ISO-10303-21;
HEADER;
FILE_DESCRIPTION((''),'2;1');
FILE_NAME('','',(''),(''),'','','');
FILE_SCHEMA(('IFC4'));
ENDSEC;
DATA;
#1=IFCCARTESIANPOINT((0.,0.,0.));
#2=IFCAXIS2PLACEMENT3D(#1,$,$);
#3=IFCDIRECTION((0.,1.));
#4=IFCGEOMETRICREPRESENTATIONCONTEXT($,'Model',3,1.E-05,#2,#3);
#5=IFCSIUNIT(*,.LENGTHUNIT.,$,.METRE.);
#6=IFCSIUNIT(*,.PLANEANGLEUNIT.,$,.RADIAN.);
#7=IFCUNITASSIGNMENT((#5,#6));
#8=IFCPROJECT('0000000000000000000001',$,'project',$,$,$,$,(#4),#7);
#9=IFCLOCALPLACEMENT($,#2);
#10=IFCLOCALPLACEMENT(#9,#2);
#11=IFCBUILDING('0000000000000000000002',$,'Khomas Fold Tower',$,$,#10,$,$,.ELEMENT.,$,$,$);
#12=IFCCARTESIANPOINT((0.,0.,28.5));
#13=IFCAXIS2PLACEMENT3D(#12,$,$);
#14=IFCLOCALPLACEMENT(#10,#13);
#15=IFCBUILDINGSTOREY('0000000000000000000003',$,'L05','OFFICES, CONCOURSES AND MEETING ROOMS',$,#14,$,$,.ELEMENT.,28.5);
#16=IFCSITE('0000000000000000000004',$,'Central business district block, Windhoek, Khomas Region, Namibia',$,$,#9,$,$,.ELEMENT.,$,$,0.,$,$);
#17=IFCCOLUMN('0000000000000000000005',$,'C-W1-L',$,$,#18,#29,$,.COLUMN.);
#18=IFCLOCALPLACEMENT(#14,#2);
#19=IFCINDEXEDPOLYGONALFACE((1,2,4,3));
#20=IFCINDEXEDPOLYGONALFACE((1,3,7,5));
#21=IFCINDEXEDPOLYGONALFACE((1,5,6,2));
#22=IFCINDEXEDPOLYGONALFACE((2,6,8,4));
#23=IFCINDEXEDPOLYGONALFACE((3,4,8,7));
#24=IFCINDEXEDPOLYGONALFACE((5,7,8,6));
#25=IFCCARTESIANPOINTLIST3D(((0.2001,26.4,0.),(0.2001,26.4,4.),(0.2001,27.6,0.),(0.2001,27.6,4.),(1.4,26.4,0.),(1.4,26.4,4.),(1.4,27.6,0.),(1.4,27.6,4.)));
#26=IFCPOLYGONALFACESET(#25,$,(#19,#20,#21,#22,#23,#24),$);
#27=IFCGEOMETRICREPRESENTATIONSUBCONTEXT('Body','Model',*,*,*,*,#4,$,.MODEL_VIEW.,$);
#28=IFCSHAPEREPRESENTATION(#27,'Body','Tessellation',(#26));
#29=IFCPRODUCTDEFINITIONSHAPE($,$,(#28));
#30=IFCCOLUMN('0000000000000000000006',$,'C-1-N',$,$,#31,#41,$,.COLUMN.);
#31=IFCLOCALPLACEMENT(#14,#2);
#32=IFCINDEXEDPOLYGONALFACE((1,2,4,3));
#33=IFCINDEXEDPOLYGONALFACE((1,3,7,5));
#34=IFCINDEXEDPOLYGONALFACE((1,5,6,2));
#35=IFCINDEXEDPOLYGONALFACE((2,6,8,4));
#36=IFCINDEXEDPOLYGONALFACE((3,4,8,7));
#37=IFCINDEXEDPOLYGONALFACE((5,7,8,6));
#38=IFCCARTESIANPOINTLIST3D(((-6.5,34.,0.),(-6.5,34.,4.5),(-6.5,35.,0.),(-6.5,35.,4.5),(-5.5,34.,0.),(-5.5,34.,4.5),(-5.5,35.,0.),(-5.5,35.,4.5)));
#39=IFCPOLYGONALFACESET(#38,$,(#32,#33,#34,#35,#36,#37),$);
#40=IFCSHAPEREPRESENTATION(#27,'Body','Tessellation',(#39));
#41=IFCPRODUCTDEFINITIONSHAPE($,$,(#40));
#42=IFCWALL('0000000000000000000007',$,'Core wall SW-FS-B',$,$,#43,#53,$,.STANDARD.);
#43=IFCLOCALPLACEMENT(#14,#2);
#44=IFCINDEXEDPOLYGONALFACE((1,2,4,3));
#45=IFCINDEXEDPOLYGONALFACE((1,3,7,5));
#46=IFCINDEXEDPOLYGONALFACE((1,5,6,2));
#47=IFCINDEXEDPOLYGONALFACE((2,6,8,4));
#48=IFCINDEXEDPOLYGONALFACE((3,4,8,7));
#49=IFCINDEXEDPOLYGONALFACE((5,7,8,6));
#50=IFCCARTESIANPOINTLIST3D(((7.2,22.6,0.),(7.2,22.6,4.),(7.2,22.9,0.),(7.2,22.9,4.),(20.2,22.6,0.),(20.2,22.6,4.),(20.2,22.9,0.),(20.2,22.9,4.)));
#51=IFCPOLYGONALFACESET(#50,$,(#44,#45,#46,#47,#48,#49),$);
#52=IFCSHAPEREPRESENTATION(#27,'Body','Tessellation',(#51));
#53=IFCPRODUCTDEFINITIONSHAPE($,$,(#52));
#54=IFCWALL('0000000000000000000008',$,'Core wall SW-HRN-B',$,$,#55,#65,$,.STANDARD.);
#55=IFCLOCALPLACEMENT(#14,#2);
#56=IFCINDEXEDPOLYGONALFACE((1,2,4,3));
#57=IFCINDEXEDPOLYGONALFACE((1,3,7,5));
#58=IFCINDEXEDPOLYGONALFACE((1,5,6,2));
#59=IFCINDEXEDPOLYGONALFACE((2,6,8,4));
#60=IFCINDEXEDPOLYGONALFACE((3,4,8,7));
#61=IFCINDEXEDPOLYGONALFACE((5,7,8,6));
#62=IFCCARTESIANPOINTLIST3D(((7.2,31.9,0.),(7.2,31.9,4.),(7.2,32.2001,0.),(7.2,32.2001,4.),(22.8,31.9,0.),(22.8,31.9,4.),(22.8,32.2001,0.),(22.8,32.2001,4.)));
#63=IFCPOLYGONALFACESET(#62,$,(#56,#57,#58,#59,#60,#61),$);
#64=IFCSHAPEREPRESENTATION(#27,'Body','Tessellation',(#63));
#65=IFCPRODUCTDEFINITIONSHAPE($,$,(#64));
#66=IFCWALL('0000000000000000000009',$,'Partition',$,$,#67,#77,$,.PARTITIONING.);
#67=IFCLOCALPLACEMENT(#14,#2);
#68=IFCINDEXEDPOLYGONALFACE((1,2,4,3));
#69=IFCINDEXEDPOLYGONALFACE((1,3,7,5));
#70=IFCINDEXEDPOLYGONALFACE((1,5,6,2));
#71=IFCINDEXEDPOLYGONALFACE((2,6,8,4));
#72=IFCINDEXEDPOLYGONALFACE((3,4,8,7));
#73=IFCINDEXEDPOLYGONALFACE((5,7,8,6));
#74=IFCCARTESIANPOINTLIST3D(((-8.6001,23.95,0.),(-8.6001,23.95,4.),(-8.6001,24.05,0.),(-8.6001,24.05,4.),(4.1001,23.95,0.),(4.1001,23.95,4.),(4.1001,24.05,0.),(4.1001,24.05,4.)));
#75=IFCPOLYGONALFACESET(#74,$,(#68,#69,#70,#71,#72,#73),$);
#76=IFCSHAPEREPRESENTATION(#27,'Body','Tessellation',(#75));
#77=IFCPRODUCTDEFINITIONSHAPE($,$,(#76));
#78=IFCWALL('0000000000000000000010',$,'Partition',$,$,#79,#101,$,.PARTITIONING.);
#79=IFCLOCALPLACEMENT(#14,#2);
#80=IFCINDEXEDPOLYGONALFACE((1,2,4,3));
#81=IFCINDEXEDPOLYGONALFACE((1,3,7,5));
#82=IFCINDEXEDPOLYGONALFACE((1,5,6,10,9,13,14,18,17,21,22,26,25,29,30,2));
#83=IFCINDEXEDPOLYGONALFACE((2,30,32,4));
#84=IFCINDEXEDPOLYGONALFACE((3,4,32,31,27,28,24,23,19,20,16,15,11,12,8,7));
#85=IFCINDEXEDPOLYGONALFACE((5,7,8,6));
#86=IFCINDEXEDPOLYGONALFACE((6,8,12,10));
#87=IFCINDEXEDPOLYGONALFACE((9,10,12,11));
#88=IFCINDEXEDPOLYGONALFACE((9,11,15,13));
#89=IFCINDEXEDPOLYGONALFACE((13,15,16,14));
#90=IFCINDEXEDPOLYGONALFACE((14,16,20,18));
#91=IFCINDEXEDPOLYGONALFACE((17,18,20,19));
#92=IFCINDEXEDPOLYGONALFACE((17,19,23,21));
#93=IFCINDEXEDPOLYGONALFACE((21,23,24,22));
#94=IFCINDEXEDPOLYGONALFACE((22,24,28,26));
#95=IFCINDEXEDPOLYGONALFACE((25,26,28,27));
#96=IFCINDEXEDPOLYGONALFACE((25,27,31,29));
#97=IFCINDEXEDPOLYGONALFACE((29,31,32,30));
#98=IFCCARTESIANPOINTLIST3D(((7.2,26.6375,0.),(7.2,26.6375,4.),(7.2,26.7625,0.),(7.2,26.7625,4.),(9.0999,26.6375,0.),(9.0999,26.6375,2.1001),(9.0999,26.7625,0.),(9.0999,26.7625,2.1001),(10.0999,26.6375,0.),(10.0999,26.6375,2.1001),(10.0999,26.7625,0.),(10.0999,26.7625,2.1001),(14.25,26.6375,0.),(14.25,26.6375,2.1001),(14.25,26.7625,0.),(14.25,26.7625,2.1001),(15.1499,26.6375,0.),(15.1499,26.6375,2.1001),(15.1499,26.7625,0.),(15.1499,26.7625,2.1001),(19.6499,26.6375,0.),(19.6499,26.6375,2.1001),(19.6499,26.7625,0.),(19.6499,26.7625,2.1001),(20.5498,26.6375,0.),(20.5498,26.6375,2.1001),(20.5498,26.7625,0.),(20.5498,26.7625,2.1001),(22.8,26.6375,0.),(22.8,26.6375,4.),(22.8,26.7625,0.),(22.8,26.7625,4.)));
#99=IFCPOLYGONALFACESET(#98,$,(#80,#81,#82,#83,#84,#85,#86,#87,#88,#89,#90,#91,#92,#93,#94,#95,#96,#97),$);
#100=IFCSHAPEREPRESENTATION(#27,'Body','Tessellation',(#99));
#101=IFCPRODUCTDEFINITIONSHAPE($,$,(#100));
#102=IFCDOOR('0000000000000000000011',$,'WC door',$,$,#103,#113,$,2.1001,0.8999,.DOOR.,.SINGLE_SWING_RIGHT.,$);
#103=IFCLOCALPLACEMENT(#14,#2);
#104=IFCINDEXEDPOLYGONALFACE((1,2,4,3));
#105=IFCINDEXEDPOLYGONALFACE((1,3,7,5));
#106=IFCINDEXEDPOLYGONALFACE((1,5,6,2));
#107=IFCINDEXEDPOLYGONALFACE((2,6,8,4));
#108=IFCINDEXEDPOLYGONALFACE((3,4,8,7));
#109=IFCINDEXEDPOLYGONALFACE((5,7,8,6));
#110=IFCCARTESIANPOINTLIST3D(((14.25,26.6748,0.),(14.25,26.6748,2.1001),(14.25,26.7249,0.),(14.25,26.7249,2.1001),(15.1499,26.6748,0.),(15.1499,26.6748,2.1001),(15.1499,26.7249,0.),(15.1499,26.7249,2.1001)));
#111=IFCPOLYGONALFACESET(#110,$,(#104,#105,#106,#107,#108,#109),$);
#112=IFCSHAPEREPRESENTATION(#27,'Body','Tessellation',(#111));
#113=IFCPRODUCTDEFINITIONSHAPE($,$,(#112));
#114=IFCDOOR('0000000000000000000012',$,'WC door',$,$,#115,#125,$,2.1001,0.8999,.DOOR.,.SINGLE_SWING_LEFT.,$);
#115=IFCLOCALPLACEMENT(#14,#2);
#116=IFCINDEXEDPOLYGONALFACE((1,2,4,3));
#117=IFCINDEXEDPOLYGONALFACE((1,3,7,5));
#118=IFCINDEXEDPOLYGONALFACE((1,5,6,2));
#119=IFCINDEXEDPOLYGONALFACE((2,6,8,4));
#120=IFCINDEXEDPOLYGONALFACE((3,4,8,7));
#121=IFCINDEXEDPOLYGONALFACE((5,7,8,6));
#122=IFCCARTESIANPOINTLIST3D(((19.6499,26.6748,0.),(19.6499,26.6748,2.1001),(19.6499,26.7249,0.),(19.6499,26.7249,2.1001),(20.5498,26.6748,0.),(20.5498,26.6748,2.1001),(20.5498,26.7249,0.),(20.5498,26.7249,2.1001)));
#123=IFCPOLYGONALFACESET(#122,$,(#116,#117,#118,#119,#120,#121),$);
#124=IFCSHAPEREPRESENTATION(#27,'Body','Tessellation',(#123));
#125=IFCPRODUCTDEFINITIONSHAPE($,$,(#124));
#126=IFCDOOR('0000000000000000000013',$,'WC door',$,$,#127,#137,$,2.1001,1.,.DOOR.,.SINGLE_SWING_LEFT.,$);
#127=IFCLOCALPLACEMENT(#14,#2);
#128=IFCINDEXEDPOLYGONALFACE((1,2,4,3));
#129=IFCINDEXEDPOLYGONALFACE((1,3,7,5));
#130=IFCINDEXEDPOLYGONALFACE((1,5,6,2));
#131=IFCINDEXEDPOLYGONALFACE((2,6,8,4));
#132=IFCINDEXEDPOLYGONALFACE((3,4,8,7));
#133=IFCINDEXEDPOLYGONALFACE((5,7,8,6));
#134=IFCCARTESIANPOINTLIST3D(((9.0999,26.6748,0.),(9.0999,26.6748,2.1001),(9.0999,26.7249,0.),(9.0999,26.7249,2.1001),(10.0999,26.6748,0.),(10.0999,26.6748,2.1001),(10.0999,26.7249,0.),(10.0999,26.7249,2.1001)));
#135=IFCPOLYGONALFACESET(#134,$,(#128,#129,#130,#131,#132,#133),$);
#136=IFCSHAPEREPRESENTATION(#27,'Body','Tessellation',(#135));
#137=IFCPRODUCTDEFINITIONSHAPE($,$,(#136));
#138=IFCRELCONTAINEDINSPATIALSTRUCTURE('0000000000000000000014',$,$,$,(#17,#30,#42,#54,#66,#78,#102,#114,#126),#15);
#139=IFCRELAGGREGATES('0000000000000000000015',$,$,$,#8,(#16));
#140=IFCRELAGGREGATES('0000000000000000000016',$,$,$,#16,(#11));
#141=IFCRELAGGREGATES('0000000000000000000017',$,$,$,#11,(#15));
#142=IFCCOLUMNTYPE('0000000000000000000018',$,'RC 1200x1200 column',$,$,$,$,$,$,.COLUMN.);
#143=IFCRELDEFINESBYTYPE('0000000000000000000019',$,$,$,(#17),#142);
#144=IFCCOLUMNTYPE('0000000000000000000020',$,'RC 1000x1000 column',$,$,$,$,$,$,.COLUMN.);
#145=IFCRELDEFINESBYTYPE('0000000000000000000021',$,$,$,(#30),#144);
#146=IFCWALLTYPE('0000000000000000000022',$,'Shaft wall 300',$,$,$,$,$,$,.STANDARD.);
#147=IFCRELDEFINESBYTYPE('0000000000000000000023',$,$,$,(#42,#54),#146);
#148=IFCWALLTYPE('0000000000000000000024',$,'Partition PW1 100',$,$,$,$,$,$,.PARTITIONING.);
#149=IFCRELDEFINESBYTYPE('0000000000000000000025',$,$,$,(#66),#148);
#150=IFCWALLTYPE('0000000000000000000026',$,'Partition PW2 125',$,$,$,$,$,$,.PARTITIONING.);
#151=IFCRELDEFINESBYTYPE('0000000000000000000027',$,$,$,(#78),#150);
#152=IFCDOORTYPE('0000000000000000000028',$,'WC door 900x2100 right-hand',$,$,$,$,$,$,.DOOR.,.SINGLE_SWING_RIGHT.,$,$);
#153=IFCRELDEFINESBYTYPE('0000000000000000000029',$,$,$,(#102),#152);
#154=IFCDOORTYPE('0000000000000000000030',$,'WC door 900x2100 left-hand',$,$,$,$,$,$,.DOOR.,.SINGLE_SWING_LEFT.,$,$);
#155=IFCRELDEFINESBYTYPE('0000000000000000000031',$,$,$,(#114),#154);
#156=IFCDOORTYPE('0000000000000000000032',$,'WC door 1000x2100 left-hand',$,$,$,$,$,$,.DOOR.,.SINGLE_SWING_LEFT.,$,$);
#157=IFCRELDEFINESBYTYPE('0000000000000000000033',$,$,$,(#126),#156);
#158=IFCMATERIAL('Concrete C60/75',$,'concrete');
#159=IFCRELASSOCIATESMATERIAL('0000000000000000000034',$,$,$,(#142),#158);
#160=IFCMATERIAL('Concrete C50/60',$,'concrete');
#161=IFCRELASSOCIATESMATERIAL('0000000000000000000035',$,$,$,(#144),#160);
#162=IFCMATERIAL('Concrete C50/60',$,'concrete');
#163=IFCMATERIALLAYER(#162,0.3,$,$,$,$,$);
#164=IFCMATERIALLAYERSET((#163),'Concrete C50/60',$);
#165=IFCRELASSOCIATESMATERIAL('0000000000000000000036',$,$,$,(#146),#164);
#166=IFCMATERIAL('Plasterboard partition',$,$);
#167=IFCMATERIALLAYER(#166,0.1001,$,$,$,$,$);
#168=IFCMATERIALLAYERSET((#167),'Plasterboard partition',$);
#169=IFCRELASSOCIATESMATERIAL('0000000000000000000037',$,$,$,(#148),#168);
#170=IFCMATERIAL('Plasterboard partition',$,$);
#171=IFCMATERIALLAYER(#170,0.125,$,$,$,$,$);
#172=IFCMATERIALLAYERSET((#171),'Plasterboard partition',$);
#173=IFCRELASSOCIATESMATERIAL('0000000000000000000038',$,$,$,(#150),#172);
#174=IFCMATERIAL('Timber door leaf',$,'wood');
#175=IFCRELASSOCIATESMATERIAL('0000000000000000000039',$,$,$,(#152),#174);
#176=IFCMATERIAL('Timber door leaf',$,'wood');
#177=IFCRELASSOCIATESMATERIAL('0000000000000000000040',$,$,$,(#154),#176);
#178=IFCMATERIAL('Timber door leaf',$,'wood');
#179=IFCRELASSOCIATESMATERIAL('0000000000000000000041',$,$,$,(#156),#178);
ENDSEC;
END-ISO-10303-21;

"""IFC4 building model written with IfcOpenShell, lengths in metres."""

from ifc_helpers import new_model, si_unit, direction, frame, frame_2d, origin, origin_2d, place, context, subcontext, project, spatial, rectangle, extrude, source, transform, mapped, material, layer, layer_set, material_profile, profile_set, type_object, element, fill, save


model = new_model("IFC4")

# Units and contexts
model_context = context("Model", 3, precision=1e-05, world=origin(), true_north=direction((0.0, 1.0)))
body_context = subcontext(model_context, "Body", "Model", "MODEL_VIEW")
ifc_project = project(units=[si_unit("LENGTHUNIT", "METRE"), si_unit("PLANEANGLEUNIT", "RADIAN")], contexts=[model_context])

# Site, building, storey
site_placement = place(None, origin())
site = spatial("IfcSite", under=ifc_project, at=site_placement, Name="Central business district block, Windhoek, Khomas Region, Namibia", CompositionType="ELEMENT", RefElevation=0.0)
building_placement = place(site_placement, origin())
building = spatial("IfcBuilding", under=site, at=building_placement, Name="Khomas Fold Tower", CompositionType="ELEMENT")
storey_placement = place(building_placement, frame((0.0, 0.0, 28.5)))
storey = spatial("IfcBuildingStorey", under=building, at=storey_placement, Name="L05", Description="OFFICES, CONCOURSES AND MEETING ROOMS", CompositionType="ELEMENT", Elevation=28.5)

# Columns
ifc_material_1 = material(Name="Concrete C60/75", Category="concrete")
ifc_material_profile_1 = material_profile(ifc_material_1, rectangle(XDim=1.2, YDim=1.2, at=origin_2d()), Name="RC 1200x1200")
ifc_profile_set_1 = profile_set([ifc_material_profile_1], Name="Concrete C60/75")
column_type_1 = type_object("IfcColumnType", Name="RC 1200x1200 column", PredefinedType="COLUMN", material=ifc_profile_set_1)
shared_shape_1 = source(origin(), body_context, "Body", "SweptSolid", [
    extrude(rectangle(XDim=1.2, YDim=1.2, at=origin_2d()), origin(), (0.0, 0.0, 1.0), 4.0),
])
column_1_placement = place(storey_placement, frame((0.8, 27.0, 0.0), z_axis=(0.0, 0.0, 1.0), x_axis=(1.0, 0.0, 0.0)))
element("IfcColumn", 1, at=column_1_placement, inside=storey, type_object=column_type_1, Name="C-W1-L", PredefinedType="COLUMN", context=body_context, shape_type="MappedRepresentation", body=[
    mapped(shared_shape_1, transform((0.0, 0.0, 0.0))),
])
ifc_material_2 = material(Name="Concrete C50/60", Category="concrete")
ifc_material_profile_2 = material_profile(ifc_material_2, rectangle(XDim=1.0, YDim=1.0, at=origin_2d()), Name="RC 1000x1000")
ifc_profile_set_2 = profile_set([ifc_material_profile_2], Name="Concrete C50/60")
column_type_2 = type_object("IfcColumnType", Name="RC 1000x1000 column", PredefinedType="COLUMN", material=ifc_profile_set_2)
shared_shape_2 = source(origin(), body_context, "Body", "SweptSolid", [
    extrude(rectangle(XDim=1.0, YDim=1.0, at=origin_2d()), origin(), (0.0, 0.0, 1.0), 4.5),
])
column_2_placement = place(storey_placement, frame((-6.0, 34.5, 0.0), z_axis=(0.0, 0.0, 1.0), x_axis=(1.0, 0.0, 0.0)))
element("IfcColumn", 2, at=column_2_placement, inside=storey, type_object=column_type_2, Name="C-1-N", PredefinedType="COLUMN", context=body_context, shape_type="MappedRepresentation", body=[
    mapped(shared_shape_2, transform((0.0, 0.0, 0.0))),
])

# Walls
ifc_material_3 = material(Name="Concrete C50/60", Category="concrete")
ifc_layer_1 = layer(ifc_material_3, 0.3)
ifc_layer_set_1 = layer_set([ifc_layer_1], Name="Concrete C50/60")
wall_type_1 = type_object("IfcWallType", Name="Shaft wall 300", PredefinedType="STANDARD", material=ifc_layer_set_1)
shared_shape_3 = source(origin(), body_context, "Body", "SweptSolid", [
    extrude(rectangle(XDim=13.0, YDim=0.3, at=frame_2d((6.5, 0.0))), origin(), (0.0, 0.0, 1.0), 4.0),
])
wall_1_placement = place(storey_placement, frame((7.2, 22.75, 0.0), z_axis=(0.0, 0.0, 1.0), x_axis=(1.0, 0.0, 0.0)))
element("IfcWall", 3, at=wall_1_placement, inside=storey, type_object=wall_type_1, Name="Core wall SW-FS-B", PredefinedType="STANDARD", context=body_context, shape_type="MappedRepresentation", body=[
    mapped(shared_shape_3, transform((0.0, 0.0, 0.0))),
])
shared_shape_4 = source(origin(), body_context, "Body", "SweptSolid", [
    extrude(rectangle(XDim=15.6001, YDim=0.3, at=frame_2d((7.8, 0.0))), origin(), (0.0, 0.0, 1.0), 4.0),
])
wall_2_placement = place(storey_placement, frame((7.2, 32.05, 0.0), z_axis=(0.0, 0.0, 1.0), x_axis=(1.0, 0.0, 0.0)))
element("IfcWall", 4, at=wall_2_placement, inside=storey, type_object=wall_type_1, Name="Core wall SW-HRN-B", PredefinedType="STANDARD", context=body_context, shape_type="MappedRepresentation", body=[
    mapped(shared_shape_4, transform((0.0, 0.0, 0.0))),
])
ifc_material_4 = material(Name="Plasterboard partition")
ifc_layer_2 = layer(ifc_material_4, 0.1001)
ifc_layer_set_2 = layer_set([ifc_layer_2], Name="Plasterboard partition")
wall_type_2 = type_object("IfcWallType", Name="Partition PW1 100", PredefinedType="PARTITIONING", material=ifc_layer_set_2)
shared_shape_5 = source(origin(), body_context, "Body", "SweptSolid", [
    extrude(rectangle(XDim=12.7002, YDim=0.1001, at=frame_2d((6.3501, 0.0))), origin(), (0.0, 0.0, 1.0), 4.0),
])
wall_3_placement = place(storey_placement, frame((-8.6001, 24.0, 0.0), z_axis=(0.0, 0.0, 1.0), x_axis=(1.0, 0.0, 0.0)))
element("IfcWall", 5, at=wall_3_placement, inside=storey, type_object=wall_type_2, Name="Partition", PredefinedType="PARTITIONING", context=body_context, shape_type="MappedRepresentation", body=[
    mapped(shared_shape_5, transform((0.0, 0.0, 0.0))),
])

# Wall, openings, doors
ifc_material_5 = material(Name="Plasterboard partition")
ifc_layer_3 = layer(ifc_material_5, 0.125)
ifc_layer_set_3 = layer_set([ifc_layer_3], Name="Plasterboard partition")
wall_type_3 = type_object("IfcWallType", Name="Partition PW2 125", PredefinedType="PARTITIONING", material=ifc_layer_set_3)
shared_shape_6 = source(origin(), body_context, "Body", "SweptSolid", [
    extrude(rectangle(XDim=15.6001, YDim=0.125, at=frame_2d((7.8, 0.0))), origin(), (0.0, 0.0, 1.0), 4.0),
])
wall_4_placement = place(storey_placement, frame((7.2, 26.7, 0.0), z_axis=(0.0, 0.0, 1.0), x_axis=(1.0, 0.0, 0.0)))
wall_4 = element("IfcWall", 6, at=wall_4_placement, inside=storey, type_object=wall_type_3, Name="Partition", PredefinedType="PARTITIONING", context=body_context, shape_type="MappedRepresentation", body=[
    mapped(shared_shape_6, transform((0.0, 0.0, 0.0))),
])
shared_shape_7 = source(origin(), body_context, "Body", "SweptSolid", [
    extrude(rectangle(XDim=1.0, YDim=2.1001, at=frame_2d((0.5, 1.05))), frame((0.0, 0.0725, 0.0), z_axis=(0.0, -1.0, 0.0), x_axis=(1.0, 0.0, 0.0)), (0.0, 0.0, 1.0), 0.145),
])
opening_1_placement = place(wall_4_placement, frame((1.8999, 0.0, 0.0)))
opening_1 = element("IfcOpeningElement", 7, at=opening_1_placement, cuts=wall_4, PredefinedType="OPENING", context=body_context, shape_type="MappedRepresentation", body=[
    mapped(shared_shape_7, transform((0.0, 0.0, 0.0))),
])
shared_shape_8 = source(origin(), body_context, "Body", "SweptSolid", [
    extrude(rectangle(XDim=0.8999, YDim=2.1001, at=frame_2d((0.45, 1.05))), frame((0.0, 0.0725, 0.0), z_axis=(0.0, -1.0, 0.0), x_axis=(1.0, 0.0, 0.0)), (0.0, 0.0, 1.0), 0.145),
])
opening_2_placement = place(wall_4_placement, frame((7.05, 0.0, 0.0)))
opening_2 = element("IfcOpeningElement", 8, at=opening_2_placement, cuts=wall_4, PredefinedType="OPENING", context=body_context, shape_type="MappedRepresentation", body=[
    mapped(shared_shape_8, transform((0.0, 0.0, 0.0))),
])
opening_3_placement = place(wall_4_placement, frame((12.45, 0.0, 0.0)))
opening_3 = element("IfcOpeningElement", 9, at=opening_3_placement, cuts=wall_4, PredefinedType="OPENING", context=body_context, shape_type="MappedRepresentation", body=[
    mapped(shared_shape_8, transform((0.0, 0.0, 0.0))),
])
ifc_material_6 = material(Name="Timber door leaf", Category="wood")
door_type_1 = type_object("IfcDoorType", Name="WC door 900x2100 right-hand", OperationType="SINGLE_SWING_RIGHT", PredefinedType="DOOR", material=ifc_material_6)
shared_shape_9 = source(origin(), body_context, "Body", "SweptSolid", [
    extrude(rectangle(XDim=0.8999, YDim=2.1001, at=frame_2d((0.45, 1.05))), frame((0.0, 0.0249, 0.0), z_axis=(0.0, -1.0, 0.0), x_axis=(1.0, 0.0, 0.0)), (0.0, 0.0, 1.0), 0.05),
])
door_1_placement = place(opening_2_placement, origin())
door_1 = element("IfcDoor", 10, at=door_1_placement, inside=storey, type_object=door_type_1, Name="WC door", OperationType="SINGLE_SWING_RIGHT", OverallHeight=2.1001, OverallWidth=0.8999, PredefinedType="DOOR", context=body_context, shape_type="MappedRepresentation", body=[
    mapped(shared_shape_9, transform((0.0, 0.0, 0.0))),
])
fill(opening_2, door_1)
ifc_material_7 = material(Name="Timber door leaf", Category="wood")
door_type_2 = type_object("IfcDoorType", Name="WC door 900x2100 left-hand", OperationType="SINGLE_SWING_LEFT", PredefinedType="DOOR", material=ifc_material_7)
door_2_placement = place(opening_3_placement, origin())
door_2 = element("IfcDoor", 11, at=door_2_placement, inside=storey, type_object=door_type_2, Name="WC door", OperationType="SINGLE_SWING_LEFT", OverallHeight=2.1001, OverallWidth=0.8999, PredefinedType="DOOR", context=body_context, shape_type="MappedRepresentation", body=[
    mapped(shared_shape_9, transform((0.0, 0.0, 0.0))),
])
fill(opening_3, door_2)
ifc_material_8 = material(Name="Timber door leaf", Category="wood")
door_type_3 = type_object("IfcDoorType", Name="WC door 1000x2100 left-hand", OperationType="SINGLE_SWING_LEFT", PredefinedType="DOOR", material=ifc_material_8)
shared_shape_10 = source(origin(), body_context, "Body", "SweptSolid", [
    extrude(rectangle(XDim=1.0, YDim=2.1001, at=frame_2d((0.5, 1.05))), frame((0.0, 0.0249, 0.0), z_axis=(0.0, -1.0, 0.0), x_axis=(1.0, 0.0, 0.0)), (0.0, 0.0, 1.0), 0.05),
])
door_3_placement = place(opening_1_placement, origin())
door_3 = element("IfcDoor", 12, at=door_3_placement, inside=storey, type_object=door_type_3, Name="WC door", OperationType="SINGLE_SWING_LEFT", OverallHeight=2.1001, OverallWidth=1.0, PredefinedType="DOOR", context=body_context, shape_type="MappedRepresentation", body=[
    mapped(shared_shape_10, transform((0.0, 0.0, 0.0))),
])
fill(opening_1, door_3)

save(model, "model.ifc")
